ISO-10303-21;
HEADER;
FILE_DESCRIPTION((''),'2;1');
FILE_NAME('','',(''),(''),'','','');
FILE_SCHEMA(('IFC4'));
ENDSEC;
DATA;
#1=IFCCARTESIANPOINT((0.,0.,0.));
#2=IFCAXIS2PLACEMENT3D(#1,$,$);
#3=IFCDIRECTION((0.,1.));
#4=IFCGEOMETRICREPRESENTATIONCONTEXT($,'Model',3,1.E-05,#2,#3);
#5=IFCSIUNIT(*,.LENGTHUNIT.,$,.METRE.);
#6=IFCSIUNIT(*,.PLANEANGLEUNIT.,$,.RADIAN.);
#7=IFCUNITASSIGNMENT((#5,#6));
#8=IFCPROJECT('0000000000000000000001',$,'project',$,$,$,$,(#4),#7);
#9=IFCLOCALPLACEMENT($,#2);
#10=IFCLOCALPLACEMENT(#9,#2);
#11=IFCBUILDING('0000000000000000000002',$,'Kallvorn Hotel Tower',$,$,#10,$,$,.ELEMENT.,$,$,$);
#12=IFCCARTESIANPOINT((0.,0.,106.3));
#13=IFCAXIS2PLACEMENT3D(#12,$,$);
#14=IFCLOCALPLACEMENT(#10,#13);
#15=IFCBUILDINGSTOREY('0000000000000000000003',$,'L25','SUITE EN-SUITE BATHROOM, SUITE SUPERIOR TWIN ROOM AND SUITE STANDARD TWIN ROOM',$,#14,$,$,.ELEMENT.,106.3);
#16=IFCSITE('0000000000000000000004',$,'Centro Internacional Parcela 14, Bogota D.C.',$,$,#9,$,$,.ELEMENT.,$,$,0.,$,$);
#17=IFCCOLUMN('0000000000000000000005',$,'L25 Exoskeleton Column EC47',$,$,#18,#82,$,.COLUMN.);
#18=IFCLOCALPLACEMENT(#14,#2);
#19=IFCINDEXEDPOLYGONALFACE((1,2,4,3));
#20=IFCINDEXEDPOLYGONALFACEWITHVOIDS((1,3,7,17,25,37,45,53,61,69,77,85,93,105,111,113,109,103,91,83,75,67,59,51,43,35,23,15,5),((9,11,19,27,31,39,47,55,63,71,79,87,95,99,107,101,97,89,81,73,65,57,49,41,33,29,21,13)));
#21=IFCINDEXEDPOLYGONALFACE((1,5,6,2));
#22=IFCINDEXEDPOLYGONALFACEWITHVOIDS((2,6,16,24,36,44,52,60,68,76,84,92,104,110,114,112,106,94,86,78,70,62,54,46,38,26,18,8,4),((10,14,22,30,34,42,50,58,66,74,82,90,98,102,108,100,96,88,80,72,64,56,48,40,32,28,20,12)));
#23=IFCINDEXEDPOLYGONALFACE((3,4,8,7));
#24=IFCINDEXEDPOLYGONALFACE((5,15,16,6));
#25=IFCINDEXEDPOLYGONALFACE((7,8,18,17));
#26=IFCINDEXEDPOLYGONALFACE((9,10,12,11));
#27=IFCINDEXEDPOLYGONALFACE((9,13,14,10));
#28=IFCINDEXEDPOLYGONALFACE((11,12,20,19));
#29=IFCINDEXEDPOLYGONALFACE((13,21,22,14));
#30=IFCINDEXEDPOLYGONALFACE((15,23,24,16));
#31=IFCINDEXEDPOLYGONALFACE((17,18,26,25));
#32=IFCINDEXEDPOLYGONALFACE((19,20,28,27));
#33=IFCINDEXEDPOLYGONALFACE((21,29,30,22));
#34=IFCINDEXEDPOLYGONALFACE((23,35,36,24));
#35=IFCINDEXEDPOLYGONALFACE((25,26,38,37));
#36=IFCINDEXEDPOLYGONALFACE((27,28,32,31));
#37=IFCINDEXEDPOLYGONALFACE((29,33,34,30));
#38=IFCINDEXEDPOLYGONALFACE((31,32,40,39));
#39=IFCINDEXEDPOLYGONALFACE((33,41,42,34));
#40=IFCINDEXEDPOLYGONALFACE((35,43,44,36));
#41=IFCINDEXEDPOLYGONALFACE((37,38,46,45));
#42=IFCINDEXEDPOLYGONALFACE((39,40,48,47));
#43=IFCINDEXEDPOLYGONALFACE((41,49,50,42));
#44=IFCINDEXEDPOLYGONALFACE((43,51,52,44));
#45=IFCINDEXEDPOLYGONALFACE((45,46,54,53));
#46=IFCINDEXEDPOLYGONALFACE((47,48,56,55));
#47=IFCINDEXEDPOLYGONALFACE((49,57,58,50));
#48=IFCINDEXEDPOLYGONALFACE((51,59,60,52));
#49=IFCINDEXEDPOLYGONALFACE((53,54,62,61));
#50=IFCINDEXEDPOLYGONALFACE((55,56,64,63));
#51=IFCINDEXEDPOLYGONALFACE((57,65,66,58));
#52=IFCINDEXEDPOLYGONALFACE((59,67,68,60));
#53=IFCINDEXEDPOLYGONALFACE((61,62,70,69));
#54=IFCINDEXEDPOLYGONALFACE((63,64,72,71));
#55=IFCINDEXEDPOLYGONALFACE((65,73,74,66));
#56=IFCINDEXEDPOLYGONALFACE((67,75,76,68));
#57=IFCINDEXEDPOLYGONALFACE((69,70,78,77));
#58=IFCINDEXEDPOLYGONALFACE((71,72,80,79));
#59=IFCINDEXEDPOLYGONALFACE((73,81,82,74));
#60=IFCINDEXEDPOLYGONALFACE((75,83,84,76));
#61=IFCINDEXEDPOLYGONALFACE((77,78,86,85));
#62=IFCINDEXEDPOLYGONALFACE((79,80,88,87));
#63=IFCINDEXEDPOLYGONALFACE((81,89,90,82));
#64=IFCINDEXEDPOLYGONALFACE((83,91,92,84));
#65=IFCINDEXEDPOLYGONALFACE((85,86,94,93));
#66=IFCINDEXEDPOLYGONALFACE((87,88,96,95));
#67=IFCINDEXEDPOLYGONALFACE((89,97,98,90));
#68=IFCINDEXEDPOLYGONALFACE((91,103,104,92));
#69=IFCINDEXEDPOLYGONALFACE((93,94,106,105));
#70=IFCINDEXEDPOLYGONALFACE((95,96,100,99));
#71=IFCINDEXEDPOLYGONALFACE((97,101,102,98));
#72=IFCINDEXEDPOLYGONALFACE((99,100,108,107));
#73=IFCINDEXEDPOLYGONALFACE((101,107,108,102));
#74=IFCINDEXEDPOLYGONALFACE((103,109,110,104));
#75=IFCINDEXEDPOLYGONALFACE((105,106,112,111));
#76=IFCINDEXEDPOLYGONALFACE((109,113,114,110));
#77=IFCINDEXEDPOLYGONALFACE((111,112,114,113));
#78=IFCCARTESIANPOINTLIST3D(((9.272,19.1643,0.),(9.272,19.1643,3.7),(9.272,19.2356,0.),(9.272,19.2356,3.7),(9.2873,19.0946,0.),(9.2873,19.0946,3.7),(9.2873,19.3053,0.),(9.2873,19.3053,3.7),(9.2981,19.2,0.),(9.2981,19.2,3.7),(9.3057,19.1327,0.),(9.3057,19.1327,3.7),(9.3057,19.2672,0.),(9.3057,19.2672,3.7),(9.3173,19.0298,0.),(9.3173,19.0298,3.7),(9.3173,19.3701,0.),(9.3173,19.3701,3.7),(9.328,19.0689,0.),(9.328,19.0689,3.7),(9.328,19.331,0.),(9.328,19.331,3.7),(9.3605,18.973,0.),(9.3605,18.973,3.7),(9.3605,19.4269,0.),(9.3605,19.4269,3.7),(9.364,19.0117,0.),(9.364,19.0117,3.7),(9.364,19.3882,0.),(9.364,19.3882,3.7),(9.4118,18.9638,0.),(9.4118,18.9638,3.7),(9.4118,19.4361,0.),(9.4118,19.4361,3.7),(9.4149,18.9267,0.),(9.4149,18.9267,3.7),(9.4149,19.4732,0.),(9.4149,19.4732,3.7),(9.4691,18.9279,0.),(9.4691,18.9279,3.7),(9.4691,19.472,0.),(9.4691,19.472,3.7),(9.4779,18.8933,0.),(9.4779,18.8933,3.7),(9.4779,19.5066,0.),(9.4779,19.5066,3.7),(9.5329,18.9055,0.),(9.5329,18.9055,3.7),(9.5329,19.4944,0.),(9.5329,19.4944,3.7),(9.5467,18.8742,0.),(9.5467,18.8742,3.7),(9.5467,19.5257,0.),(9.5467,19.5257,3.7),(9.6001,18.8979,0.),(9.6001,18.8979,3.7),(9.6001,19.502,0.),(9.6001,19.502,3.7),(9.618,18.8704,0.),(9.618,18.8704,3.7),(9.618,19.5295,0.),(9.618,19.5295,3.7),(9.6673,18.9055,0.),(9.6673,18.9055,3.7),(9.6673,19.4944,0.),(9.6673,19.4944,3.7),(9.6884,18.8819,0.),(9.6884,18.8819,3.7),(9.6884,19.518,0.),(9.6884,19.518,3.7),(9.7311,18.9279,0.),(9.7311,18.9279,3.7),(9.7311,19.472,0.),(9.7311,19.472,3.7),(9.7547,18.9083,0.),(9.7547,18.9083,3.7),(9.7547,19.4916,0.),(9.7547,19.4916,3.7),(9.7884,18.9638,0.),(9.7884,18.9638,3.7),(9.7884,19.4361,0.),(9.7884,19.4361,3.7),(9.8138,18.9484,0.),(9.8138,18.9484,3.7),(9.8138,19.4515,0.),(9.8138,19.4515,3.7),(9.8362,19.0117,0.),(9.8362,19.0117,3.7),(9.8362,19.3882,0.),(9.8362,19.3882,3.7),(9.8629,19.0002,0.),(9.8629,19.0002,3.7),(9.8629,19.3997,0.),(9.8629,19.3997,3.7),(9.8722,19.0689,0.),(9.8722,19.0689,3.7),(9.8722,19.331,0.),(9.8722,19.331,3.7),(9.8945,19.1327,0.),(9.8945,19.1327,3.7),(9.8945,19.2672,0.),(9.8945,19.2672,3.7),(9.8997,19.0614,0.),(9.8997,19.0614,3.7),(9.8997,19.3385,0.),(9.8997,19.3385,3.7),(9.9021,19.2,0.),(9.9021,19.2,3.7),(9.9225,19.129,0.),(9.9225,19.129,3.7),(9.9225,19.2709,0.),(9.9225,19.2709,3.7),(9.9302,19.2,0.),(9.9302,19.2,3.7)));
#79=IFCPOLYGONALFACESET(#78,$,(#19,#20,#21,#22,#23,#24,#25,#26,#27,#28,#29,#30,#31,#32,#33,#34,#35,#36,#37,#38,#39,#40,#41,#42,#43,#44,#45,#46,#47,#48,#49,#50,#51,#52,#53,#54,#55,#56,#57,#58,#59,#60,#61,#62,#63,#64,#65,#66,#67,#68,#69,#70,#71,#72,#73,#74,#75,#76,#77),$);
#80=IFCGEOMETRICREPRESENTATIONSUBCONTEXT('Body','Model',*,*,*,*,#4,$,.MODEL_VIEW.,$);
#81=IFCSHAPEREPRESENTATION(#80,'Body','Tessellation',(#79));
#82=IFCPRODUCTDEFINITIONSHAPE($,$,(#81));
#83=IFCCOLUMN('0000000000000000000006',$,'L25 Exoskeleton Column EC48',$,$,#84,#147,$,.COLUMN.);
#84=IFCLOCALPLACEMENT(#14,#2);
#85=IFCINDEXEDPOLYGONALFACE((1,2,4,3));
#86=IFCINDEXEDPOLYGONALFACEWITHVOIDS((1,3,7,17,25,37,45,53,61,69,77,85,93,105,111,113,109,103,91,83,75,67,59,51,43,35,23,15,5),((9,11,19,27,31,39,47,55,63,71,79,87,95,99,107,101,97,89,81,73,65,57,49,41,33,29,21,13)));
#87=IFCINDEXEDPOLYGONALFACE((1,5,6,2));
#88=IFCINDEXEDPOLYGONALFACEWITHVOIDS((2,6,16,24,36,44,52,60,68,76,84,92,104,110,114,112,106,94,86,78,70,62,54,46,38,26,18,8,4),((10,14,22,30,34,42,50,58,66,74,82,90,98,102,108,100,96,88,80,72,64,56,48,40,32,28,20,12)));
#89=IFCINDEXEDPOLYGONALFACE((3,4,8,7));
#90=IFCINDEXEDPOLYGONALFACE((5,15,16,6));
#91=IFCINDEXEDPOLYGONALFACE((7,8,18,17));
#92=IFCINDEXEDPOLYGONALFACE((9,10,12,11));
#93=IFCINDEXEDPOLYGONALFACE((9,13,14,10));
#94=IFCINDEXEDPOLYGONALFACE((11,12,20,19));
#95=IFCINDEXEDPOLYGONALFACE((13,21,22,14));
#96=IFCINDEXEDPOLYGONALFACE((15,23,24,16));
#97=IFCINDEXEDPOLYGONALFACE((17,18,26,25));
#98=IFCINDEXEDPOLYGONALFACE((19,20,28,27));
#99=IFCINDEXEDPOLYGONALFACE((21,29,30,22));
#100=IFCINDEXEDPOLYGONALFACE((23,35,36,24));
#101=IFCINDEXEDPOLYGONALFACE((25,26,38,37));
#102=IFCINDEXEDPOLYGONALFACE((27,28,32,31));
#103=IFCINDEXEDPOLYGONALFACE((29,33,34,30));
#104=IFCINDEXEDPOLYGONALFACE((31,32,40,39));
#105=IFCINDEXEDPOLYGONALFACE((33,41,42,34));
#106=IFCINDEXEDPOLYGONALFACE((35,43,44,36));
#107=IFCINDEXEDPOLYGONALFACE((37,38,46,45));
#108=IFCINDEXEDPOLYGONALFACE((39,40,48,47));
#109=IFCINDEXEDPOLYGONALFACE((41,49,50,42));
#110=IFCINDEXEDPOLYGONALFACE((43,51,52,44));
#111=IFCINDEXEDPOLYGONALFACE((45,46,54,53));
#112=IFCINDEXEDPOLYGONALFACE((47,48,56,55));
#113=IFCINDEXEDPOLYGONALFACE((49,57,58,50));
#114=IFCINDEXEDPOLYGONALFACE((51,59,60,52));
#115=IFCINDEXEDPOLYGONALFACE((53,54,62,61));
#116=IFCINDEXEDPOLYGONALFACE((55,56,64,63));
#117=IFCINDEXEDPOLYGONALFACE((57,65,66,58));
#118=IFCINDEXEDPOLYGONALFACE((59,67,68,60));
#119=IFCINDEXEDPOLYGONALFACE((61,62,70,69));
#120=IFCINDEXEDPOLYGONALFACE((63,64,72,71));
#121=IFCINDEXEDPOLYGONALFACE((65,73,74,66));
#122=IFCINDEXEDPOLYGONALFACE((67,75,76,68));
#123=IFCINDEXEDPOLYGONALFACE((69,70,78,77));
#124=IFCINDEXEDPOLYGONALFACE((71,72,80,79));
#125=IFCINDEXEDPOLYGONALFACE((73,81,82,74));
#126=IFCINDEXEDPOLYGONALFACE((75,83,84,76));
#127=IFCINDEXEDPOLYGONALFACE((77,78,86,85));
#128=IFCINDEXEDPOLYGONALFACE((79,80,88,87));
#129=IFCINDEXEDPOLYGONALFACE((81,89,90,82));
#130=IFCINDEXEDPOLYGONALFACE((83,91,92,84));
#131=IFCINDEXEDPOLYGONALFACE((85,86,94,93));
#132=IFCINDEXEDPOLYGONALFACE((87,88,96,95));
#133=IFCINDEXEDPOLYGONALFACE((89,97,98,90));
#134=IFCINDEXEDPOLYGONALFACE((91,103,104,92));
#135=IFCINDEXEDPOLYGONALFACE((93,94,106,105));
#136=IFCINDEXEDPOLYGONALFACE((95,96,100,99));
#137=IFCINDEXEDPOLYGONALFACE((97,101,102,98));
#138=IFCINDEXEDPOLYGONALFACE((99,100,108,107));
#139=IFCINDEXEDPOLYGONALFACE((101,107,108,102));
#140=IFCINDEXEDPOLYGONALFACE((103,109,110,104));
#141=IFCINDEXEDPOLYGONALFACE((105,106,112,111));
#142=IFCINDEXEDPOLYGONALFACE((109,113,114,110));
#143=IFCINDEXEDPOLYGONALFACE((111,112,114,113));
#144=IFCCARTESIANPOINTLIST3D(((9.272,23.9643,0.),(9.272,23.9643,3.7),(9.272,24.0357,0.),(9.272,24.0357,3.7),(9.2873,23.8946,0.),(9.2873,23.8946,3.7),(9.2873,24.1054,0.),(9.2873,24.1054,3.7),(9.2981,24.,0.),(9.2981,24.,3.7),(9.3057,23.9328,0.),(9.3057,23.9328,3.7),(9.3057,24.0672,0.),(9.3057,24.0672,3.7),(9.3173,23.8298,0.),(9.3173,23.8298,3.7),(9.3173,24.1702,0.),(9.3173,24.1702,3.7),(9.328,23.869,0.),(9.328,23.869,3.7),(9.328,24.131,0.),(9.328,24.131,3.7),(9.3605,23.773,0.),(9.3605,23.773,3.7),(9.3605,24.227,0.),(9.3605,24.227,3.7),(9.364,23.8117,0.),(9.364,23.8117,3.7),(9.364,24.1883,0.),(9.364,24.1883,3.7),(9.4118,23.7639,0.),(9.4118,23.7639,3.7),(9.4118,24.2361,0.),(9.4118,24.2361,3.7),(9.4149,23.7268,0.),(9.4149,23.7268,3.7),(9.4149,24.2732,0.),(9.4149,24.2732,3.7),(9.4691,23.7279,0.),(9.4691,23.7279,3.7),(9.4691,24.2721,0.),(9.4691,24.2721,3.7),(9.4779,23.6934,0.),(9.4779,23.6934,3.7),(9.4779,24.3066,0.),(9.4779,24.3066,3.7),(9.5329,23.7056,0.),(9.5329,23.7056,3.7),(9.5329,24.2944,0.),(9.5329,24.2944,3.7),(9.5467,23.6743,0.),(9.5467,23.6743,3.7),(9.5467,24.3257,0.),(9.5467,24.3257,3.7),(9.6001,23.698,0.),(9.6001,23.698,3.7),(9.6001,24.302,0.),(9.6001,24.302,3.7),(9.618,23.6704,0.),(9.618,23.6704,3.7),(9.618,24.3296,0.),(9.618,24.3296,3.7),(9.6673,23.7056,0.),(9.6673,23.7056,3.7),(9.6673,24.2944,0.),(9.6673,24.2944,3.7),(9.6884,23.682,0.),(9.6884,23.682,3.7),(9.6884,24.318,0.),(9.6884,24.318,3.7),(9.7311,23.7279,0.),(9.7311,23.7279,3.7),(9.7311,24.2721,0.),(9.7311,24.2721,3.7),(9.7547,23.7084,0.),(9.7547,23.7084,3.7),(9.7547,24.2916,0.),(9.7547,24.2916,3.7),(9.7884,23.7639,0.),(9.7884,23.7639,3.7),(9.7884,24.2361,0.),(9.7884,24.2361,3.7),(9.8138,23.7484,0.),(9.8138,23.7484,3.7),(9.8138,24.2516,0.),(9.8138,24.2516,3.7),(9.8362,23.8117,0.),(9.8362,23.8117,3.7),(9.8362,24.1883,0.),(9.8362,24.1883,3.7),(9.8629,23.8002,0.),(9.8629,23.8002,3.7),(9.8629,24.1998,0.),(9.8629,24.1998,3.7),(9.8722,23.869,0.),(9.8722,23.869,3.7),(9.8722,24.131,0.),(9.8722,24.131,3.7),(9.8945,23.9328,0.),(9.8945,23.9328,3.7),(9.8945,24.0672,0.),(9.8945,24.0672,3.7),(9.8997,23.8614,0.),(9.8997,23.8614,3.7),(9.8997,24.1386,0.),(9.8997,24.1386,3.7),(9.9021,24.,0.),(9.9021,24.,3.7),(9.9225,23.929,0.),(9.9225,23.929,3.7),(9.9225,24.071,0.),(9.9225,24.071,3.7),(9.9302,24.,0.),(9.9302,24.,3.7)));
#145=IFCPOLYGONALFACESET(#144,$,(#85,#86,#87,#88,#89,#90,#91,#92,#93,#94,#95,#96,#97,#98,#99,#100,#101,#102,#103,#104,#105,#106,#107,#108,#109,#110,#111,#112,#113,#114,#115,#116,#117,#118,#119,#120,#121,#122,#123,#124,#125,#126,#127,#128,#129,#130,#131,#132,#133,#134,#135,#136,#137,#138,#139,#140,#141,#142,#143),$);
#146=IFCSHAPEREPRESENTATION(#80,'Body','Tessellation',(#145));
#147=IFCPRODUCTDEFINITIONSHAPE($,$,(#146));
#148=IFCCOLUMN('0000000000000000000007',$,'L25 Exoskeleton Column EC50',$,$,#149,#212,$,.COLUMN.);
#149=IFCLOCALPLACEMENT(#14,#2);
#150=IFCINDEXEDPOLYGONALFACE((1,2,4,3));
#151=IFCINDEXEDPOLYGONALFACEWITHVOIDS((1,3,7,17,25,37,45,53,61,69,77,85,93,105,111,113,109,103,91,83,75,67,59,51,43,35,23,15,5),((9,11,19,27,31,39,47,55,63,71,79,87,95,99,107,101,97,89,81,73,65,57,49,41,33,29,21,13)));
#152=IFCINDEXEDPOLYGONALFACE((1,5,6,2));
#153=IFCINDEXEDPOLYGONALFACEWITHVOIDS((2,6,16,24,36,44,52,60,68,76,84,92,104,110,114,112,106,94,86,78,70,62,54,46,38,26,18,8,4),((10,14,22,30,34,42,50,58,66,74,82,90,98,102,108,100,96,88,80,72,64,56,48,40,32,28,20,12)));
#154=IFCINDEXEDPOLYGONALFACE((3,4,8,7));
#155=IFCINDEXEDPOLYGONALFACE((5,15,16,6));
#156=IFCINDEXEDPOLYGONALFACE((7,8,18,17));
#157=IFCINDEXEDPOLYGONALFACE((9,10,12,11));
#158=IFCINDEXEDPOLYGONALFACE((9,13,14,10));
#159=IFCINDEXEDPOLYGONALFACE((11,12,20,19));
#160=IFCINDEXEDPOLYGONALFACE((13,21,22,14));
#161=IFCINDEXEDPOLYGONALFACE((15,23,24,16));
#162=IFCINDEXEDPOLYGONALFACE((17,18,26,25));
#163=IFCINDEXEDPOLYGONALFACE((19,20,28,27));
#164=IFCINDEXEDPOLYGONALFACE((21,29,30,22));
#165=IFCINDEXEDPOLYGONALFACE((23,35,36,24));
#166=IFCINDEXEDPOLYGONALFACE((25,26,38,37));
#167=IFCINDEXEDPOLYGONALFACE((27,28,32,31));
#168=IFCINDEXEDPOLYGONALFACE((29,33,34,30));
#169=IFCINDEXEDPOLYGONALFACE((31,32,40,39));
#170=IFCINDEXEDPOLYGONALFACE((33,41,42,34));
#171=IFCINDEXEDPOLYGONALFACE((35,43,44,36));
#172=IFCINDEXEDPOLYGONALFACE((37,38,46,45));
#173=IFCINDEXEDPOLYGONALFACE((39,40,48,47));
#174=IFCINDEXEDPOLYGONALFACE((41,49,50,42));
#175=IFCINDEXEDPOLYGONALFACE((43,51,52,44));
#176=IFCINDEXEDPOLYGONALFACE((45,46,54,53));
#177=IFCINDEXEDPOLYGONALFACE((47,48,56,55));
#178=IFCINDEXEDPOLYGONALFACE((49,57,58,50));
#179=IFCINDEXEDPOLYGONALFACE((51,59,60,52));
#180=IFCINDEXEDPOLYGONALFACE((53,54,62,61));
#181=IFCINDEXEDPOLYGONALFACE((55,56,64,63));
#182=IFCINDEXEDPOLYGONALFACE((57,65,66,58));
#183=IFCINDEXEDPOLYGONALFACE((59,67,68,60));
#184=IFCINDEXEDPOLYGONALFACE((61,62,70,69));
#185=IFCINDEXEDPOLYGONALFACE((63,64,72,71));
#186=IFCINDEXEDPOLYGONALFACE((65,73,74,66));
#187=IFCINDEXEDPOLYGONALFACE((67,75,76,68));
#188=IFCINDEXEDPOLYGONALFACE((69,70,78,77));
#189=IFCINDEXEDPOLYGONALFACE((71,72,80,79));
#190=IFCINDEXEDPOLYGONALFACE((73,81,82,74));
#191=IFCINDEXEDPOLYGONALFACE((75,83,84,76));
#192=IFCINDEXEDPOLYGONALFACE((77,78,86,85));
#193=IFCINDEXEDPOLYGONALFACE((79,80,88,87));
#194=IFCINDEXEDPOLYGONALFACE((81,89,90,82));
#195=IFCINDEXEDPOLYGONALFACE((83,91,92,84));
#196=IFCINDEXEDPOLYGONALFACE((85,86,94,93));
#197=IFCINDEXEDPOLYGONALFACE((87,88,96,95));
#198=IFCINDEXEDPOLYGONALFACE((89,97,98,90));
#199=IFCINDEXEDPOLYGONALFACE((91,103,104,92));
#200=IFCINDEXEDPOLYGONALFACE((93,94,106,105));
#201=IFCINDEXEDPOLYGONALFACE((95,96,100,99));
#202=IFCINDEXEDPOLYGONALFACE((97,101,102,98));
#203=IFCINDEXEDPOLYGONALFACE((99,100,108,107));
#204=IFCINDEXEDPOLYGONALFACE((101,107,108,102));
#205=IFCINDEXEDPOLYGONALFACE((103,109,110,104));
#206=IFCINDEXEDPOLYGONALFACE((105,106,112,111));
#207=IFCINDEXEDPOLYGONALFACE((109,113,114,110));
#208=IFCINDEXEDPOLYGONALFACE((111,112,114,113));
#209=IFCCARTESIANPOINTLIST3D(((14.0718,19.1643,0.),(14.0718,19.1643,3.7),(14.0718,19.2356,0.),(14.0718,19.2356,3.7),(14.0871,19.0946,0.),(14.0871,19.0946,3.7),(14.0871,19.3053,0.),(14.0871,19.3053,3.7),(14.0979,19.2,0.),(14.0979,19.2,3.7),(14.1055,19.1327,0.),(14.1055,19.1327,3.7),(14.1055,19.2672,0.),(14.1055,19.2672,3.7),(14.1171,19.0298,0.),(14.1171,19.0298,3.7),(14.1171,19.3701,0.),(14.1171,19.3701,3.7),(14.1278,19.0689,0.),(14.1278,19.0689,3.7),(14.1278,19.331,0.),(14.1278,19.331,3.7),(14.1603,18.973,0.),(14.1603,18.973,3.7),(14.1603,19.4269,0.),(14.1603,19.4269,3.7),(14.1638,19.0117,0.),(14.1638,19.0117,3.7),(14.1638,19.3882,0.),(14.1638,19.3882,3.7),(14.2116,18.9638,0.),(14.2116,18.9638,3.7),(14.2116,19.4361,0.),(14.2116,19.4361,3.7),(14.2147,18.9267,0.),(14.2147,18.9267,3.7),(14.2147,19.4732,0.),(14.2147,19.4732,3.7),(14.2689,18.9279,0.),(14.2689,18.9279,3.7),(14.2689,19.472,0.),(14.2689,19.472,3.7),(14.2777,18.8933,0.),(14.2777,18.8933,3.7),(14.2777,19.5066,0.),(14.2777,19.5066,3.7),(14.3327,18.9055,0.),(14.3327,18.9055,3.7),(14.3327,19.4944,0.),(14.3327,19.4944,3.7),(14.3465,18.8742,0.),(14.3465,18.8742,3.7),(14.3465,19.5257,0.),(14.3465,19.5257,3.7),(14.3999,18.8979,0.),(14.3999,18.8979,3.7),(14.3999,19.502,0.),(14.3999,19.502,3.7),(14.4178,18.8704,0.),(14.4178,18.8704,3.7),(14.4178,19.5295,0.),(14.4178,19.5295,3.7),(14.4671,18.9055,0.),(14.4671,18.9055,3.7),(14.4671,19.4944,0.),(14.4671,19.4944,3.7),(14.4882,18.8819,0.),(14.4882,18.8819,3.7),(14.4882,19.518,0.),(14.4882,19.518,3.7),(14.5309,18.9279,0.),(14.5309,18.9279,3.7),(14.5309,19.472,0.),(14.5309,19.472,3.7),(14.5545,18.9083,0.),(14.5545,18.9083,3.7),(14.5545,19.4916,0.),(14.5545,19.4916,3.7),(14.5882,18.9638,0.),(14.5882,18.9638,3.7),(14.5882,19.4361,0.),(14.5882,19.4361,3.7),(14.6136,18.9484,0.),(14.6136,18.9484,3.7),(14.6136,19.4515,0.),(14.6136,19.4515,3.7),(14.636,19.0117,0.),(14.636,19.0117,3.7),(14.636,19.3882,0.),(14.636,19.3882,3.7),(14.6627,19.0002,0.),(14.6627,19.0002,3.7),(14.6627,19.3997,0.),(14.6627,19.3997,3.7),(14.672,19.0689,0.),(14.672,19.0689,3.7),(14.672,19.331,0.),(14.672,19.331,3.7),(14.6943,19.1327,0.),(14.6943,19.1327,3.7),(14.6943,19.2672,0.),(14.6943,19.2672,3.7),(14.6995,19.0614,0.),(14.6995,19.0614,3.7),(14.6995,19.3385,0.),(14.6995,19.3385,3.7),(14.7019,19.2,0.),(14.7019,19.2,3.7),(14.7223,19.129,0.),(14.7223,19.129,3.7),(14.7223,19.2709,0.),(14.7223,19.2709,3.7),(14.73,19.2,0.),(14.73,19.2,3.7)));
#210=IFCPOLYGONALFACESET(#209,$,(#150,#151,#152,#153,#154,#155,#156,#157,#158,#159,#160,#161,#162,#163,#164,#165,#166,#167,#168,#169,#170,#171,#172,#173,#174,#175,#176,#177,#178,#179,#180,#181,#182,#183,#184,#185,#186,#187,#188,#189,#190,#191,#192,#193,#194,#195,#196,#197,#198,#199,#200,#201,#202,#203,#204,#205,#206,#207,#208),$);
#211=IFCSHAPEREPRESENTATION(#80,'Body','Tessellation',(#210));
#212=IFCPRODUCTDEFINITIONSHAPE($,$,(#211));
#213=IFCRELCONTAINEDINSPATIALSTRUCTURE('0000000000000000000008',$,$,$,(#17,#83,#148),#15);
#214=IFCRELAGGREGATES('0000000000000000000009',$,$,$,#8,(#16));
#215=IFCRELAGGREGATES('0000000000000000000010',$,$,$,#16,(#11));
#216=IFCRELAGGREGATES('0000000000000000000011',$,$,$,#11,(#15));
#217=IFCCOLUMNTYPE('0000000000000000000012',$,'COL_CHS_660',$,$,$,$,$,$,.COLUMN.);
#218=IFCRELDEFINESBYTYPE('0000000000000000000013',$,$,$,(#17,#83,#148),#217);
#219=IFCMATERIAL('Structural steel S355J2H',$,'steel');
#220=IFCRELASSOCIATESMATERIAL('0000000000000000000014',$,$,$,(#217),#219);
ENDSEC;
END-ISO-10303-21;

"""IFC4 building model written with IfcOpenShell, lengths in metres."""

from ifc_helpers import new_model, si_unit, direction, frame, origin, origin_2d, place, context, subcontext, project, spatial, hollow_circle, extrude, material, material_profile, profile_set, type_object, element, save


model = new_model("IFC4")

# Units and contexts
model_context = context("Model", 3, precision=1e-05, world=origin(), true_north=direction((0.0, 1.0)))
body_context = subcontext(model_context, "Body", "Model", "MODEL_VIEW")
ifc_project = project(units=[si_unit("LENGTHUNIT", "METRE"), si_unit("PLANEANGLEUNIT", "RADIAN")], contexts=[model_context])

# Site, building, storey
site_placement = place(None, origin())
site = spatial("IfcSite", under=ifc_project, at=site_placement, Name="Centro Internacional Parcela 14, Bogota D.C.", CompositionType="ELEMENT", RefElevation=0.0)
building_placement = place(site_placement, origin())
building = spatial("IfcBuilding", under=site, at=building_placement, Name="Kallvorn Hotel Tower", CompositionType="ELEMENT")
storey_placement = place(building_placement, frame((0.0, 0.0, 106.3)))
storey = spatial("IfcBuildingStorey", under=building, at=storey_placement, Name="L25", Description="SUITE EN-SUITE BATHROOM, SUITE SUPERIOR TWIN ROOM AND SUITE STANDARD TWIN ROOM", CompositionType="ELEMENT", Elevation=106.3)

# Columns
ifc_material_1 = material(Name="Structural steel S355J2H", Category="steel")
ifc_material_profile_1 = material_profile(ifc_material_1, hollow_circle(Radius=0.3301, WallThickness=0.0281, at=origin_2d()), Name="CHS 660x28")
ifc_profile_set_1 = profile_set([ifc_material_profile_1], Name="Structural steel S355J2H")
column_type_1 = type_object("IfcColumnType", Name="COL_CHS_660", PredefinedType="COLUMN", material=ifc_profile_set_1)
for number, where, z_axis, x_axis, name in (
    (1, (9.6001, 19.2, 0.0), (0.0, 0.0, 1.0), (1.0, 0.0, 0.0), "L25 Exoskeleton Column EC47"),
    (2, (9.6001, 24.0, 0.0), (0.0, 0.0, 1.0), (1.0, 0.0, 0.0), "L25 Exoskeleton Column EC48"),
    (3, (14.3999, 19.2, 0.0), (0.0, 0.0, 1.0), (1.0, 0.0, 0.0), "L25 Exoskeleton Column EC50"),
):
    element("IfcColumn", number, at=place(storey_placement, frame(where, z_axis=z_axis, x_axis=x_axis)), inside=storey, type_object=column_type_1, Name=name, PredefinedType="COLUMN", context=body_context, shape_type="SweptSolid", body=[
        extrude(hollow_circle(Radius=0.3301, WallThickness=0.0281, at=origin_2d()), origin(), (0.0, 0.0, 1.0), 3.7),
    ])

save(model, "model.ifc")
